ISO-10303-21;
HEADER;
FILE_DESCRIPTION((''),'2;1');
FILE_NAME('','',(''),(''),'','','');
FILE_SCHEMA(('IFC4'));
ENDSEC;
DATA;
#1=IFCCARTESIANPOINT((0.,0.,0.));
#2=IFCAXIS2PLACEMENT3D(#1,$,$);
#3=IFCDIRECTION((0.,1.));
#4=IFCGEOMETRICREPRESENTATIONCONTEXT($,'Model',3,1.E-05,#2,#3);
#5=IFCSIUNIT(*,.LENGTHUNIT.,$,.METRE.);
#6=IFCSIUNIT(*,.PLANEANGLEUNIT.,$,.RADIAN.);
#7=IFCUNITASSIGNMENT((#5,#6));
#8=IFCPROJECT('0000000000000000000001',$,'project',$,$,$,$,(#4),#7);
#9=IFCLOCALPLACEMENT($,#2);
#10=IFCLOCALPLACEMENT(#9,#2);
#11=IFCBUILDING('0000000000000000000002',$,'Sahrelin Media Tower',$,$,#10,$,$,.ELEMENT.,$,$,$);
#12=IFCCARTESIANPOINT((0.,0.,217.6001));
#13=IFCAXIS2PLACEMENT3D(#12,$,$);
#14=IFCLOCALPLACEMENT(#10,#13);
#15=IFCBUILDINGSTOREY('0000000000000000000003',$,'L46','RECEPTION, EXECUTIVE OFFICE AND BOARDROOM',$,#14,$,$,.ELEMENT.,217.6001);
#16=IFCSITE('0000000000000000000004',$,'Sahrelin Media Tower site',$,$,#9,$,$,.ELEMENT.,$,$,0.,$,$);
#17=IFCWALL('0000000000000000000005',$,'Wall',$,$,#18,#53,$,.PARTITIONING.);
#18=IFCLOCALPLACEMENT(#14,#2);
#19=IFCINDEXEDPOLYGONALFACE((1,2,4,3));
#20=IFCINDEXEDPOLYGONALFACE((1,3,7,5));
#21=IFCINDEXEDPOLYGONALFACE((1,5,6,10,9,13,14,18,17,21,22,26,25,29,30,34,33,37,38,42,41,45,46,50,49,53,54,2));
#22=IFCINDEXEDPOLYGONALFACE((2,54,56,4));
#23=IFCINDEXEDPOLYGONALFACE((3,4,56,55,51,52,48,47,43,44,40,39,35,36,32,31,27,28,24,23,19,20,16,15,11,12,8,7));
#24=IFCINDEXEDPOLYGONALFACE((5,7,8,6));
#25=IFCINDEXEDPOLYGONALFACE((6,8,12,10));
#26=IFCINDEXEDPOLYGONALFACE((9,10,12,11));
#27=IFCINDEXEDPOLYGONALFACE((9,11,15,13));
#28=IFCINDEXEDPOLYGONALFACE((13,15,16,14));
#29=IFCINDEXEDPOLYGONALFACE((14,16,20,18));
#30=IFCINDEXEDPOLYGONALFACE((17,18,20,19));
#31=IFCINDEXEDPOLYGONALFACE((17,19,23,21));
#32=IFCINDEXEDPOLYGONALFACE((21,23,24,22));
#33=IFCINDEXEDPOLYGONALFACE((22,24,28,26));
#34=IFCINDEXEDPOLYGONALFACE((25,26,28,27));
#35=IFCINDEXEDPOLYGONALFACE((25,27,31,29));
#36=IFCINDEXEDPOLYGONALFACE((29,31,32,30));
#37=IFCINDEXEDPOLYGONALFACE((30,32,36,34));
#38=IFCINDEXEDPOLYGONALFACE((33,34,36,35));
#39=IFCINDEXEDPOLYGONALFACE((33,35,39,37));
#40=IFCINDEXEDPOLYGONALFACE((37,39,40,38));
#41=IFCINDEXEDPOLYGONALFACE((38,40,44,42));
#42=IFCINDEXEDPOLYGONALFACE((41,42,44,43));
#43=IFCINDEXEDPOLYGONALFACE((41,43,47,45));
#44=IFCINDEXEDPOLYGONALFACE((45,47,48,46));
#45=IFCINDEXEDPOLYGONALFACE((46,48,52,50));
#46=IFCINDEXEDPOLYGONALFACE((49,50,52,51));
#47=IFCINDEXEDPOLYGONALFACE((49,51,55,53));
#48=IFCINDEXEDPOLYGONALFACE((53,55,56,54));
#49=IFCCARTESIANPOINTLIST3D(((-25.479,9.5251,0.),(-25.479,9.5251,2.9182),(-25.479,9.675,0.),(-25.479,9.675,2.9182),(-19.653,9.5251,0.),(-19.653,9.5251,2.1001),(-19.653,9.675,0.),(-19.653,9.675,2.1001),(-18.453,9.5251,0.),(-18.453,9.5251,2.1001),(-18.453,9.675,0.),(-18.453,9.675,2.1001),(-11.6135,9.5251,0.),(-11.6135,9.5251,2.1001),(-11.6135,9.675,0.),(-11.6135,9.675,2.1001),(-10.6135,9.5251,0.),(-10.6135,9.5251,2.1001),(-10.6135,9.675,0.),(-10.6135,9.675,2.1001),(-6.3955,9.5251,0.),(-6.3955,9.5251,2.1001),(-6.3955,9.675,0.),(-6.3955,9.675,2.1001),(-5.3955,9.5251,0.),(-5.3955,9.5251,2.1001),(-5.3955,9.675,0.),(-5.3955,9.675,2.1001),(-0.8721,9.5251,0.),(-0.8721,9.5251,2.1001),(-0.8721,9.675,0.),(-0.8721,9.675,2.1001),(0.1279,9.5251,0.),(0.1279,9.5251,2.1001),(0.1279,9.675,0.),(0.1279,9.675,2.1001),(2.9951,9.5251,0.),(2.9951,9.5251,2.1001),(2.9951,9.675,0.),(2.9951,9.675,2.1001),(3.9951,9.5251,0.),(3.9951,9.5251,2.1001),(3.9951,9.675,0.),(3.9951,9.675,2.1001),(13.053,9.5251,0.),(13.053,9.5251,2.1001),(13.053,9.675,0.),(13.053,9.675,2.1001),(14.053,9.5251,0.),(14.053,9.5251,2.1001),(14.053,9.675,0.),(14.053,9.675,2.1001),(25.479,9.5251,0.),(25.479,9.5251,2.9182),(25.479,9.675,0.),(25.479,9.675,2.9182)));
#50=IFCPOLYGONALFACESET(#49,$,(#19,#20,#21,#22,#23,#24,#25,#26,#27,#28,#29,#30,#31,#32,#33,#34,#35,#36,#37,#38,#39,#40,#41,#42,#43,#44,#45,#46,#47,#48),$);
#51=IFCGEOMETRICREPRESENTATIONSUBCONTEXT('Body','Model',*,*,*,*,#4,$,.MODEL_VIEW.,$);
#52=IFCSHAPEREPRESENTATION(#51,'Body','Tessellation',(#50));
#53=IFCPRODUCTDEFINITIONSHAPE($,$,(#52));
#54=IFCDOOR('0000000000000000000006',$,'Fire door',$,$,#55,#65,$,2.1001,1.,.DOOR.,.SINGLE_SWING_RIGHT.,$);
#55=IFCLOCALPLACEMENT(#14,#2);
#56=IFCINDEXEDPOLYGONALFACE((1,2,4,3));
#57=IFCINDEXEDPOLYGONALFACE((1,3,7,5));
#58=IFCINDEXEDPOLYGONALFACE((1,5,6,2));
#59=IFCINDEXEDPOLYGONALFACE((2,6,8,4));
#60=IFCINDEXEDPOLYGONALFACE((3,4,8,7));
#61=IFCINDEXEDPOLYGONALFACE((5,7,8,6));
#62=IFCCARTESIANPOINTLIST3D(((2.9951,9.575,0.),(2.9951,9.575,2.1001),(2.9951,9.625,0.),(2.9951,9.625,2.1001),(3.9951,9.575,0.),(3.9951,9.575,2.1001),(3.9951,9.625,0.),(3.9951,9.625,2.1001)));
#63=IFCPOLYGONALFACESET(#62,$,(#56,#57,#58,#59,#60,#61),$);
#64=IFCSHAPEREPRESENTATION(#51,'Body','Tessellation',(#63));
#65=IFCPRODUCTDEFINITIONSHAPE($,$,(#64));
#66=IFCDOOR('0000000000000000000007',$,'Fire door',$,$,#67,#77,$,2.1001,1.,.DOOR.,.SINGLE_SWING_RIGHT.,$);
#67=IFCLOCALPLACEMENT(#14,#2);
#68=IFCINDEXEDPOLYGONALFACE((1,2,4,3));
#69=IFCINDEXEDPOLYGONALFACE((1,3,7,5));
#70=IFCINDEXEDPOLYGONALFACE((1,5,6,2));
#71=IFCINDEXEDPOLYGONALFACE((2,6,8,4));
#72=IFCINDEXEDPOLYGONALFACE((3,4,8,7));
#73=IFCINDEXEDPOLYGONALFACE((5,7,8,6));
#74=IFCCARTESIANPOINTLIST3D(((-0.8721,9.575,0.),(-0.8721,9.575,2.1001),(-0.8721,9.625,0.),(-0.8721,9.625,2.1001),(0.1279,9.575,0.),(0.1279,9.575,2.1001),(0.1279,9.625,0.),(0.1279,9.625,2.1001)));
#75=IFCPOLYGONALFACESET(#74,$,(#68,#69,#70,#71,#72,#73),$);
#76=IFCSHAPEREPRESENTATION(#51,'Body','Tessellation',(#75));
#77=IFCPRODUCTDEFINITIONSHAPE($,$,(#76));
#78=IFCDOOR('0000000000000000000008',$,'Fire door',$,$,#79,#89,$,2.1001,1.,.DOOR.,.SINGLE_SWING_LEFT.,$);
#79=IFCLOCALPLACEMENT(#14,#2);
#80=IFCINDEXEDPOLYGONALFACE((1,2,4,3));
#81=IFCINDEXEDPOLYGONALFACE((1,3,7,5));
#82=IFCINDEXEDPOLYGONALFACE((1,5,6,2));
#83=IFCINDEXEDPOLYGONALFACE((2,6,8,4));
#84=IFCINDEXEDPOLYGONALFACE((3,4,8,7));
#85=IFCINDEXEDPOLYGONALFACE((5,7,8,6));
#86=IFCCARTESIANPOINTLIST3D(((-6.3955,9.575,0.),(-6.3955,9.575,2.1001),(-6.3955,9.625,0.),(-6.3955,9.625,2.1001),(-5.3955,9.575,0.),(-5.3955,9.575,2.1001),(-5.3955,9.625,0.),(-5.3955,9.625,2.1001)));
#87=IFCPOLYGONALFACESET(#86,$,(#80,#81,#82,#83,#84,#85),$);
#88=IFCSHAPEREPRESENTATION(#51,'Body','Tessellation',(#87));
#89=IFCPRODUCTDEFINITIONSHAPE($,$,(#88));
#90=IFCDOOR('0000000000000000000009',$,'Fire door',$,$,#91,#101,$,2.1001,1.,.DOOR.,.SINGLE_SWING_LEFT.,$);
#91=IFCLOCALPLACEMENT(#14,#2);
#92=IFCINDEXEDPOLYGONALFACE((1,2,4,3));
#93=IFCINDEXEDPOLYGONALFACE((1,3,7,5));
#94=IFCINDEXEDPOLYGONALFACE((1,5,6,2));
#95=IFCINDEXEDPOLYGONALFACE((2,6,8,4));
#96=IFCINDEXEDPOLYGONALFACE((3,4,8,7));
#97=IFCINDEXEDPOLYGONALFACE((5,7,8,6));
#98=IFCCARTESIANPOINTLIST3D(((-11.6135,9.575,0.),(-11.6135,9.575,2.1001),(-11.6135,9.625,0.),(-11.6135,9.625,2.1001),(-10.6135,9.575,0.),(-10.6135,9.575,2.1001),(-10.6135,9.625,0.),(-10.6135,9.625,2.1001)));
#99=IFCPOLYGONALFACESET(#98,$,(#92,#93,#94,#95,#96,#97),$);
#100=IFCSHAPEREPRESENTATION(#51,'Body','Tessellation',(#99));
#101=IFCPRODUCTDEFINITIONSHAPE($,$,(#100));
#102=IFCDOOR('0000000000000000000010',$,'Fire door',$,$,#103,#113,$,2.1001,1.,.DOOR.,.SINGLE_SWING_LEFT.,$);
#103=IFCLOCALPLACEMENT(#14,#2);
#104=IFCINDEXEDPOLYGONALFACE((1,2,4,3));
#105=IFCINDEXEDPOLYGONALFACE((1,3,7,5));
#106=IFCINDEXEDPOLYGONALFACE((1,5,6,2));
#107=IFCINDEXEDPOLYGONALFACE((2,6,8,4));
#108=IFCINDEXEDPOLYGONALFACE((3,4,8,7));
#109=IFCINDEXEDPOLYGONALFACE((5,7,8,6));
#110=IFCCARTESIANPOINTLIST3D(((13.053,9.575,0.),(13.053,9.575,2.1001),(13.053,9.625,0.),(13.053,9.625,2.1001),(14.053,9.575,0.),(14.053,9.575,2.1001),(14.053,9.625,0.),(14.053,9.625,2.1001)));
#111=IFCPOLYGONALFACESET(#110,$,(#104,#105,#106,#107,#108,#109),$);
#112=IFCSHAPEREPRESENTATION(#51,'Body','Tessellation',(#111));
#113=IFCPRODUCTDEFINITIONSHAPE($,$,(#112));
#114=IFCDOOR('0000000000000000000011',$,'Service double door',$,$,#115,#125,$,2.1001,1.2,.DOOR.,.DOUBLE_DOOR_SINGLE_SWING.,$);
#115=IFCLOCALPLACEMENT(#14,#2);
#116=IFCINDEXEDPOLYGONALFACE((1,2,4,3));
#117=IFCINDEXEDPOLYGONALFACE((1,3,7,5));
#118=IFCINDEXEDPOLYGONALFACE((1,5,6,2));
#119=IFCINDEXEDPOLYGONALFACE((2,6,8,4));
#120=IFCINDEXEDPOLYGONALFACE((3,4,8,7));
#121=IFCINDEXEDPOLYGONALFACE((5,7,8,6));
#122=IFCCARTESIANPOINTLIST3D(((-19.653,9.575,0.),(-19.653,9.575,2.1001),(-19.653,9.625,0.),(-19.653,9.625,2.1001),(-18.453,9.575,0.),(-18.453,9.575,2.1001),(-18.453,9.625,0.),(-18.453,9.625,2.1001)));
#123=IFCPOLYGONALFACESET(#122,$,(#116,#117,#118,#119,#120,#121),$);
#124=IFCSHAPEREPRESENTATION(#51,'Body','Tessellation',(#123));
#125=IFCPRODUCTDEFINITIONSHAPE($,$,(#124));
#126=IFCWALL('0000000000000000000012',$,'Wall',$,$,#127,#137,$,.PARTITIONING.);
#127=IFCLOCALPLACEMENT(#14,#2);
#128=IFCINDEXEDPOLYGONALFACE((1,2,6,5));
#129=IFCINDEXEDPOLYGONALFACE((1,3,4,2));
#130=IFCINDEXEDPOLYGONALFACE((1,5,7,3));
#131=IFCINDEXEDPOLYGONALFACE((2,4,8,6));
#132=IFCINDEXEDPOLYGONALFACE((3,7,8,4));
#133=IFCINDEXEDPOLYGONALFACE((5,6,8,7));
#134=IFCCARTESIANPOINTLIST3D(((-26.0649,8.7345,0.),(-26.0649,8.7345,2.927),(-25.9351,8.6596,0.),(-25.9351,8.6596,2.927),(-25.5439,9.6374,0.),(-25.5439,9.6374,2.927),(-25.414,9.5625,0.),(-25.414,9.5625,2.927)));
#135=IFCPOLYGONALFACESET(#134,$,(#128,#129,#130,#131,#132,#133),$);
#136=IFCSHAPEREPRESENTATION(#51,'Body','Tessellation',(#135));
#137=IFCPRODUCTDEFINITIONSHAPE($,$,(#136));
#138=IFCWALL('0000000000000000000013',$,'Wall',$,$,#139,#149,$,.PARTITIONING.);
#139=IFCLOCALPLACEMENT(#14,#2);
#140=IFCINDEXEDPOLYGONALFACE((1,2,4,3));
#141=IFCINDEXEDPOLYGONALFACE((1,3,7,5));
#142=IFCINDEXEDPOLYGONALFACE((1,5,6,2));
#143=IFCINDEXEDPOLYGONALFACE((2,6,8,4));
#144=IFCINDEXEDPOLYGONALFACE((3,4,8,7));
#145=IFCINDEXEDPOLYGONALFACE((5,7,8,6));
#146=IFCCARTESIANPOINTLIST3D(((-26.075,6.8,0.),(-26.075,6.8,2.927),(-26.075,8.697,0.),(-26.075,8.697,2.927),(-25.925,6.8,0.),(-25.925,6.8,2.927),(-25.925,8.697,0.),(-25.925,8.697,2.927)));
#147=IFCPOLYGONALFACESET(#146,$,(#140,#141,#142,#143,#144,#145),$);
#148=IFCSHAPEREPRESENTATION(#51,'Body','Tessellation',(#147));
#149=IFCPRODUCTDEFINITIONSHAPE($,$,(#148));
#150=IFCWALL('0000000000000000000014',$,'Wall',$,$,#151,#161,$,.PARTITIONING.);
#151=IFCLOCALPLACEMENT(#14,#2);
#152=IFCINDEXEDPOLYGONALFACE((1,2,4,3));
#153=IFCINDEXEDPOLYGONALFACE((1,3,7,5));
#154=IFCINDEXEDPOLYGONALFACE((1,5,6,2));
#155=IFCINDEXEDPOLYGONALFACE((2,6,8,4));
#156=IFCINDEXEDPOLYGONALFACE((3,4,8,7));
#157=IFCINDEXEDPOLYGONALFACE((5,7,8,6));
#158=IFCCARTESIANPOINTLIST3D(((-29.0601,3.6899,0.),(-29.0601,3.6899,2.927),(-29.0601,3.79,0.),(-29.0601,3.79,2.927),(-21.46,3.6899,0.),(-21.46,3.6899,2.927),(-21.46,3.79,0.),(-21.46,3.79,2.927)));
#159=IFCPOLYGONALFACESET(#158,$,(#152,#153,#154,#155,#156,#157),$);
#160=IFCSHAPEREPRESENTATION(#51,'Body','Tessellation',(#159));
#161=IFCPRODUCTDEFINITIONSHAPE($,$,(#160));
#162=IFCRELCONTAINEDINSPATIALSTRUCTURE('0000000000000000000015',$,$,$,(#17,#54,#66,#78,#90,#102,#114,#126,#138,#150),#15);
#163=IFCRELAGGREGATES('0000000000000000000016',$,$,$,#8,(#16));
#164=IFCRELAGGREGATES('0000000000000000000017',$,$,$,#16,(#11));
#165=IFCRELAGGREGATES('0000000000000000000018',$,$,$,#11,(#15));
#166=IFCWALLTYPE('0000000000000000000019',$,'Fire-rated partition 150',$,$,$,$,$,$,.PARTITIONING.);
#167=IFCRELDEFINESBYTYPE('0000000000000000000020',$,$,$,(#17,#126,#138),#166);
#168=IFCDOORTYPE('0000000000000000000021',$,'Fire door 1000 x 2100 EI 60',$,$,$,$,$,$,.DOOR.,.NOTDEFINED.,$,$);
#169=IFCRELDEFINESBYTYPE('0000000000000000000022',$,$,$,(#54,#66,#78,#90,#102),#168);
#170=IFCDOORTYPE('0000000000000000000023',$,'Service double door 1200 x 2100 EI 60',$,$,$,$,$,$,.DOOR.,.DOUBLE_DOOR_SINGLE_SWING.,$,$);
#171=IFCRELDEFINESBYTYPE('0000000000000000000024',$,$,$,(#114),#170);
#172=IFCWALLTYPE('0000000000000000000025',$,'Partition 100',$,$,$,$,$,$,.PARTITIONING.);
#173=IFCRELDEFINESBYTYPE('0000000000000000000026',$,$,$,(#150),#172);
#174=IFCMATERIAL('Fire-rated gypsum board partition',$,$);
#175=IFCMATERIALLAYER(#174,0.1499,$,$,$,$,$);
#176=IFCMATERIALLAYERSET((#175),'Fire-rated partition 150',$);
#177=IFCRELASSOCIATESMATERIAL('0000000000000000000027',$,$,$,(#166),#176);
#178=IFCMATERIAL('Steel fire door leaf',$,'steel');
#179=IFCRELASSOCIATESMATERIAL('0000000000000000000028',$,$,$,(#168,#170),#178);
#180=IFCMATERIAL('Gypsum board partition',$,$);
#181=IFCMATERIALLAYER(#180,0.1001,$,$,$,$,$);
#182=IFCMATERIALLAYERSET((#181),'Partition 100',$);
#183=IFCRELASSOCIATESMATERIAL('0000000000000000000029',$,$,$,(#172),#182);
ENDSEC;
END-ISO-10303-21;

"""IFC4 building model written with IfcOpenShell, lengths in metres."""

from ifc_helpers import new_model, si_unit, direction, frame, frame_2d, origin, place, context, subcontext, project, spatial, rectangle, extrude, material, layer, layer_set, type_object, element, fill, save


model = new_model("IFC4")

# Units and contexts
model_context = context("Model", 3, precision=1e-05, world=origin(), true_north=direction((0.0, 1.0)))
body_context = subcontext(model_context, "Body", "Model", "MODEL_VIEW")
ifc_project = project(units=[si_unit("LENGTHUNIT", "METRE"), si_unit("PLANEANGLEUNIT", "RADIAN")], contexts=[model_context])

# Site, building, storey
site_placement = place(None, origin())
site = spatial("IfcSite", under=ifc_project, at=site_placement, Name="Sahrelin Media Tower site", CompositionType="ELEMENT", RefElevation=0.0)
building_placement = place(site_placement, origin())
building = spatial("IfcBuilding", under=site, at=building_placement, Name="Sahrelin Media Tower", CompositionType="ELEMENT")
storey_placement = place(building_placement, frame((0.0, 0.0, 217.6001)))
storey = spatial("IfcBuildingStorey", under=building, at=storey_placement, Name="L46", Description="RECEPTION, EXECUTIVE OFFICE AND BOARDROOM", CompositionType="ELEMENT", Elevation=217.6001)

# Shared definitions
ifc_material_1 = material(Name="Fire-rated gypsum board partition")
ifc_layer_1 = layer(ifc_material_1, 0.1499)
ifc_layer_set_1 = layer_set([ifc_layer_1], Name="Fire-rated partition 150")
wall_type_1 = type_object("IfcWallType", Name="Fire-rated partition 150", PredefinedType="PARTITIONING", material=ifc_layer_set_1)

# Wall, openings, doors
wall_1_placement = place(storey_placement, frame((-25.479, 9.6001, 0.0), z_axis=(0.0, 0.0, 1.0), x_axis=(1.0, 0.0, 0.0)))
wall_1 = element("IfcWall", 1, at=wall_1_placement, inside=storey, type_object=wall_type_1, Name="Wall", PredefinedType="PARTITIONING", context=body_context, shape_type="SweptSolid", body=[
    extrude(rectangle(XDim=50.958, YDim=0.1499, at=frame_2d((25.479, 0.0))), origin(), (0.0, 0.0, 1.0), 2.9182),
])
opening_1_placement = place(wall_1_placement, frame((28.4741, 0.0, 0.0)))
opening_1 = element("IfcOpeningElement", 2, at=opening_1_placement, cuts=wall_1, PredefinedType="OPENING", context=body_context, shape_type="SweptSolid", body=[
    extrude(rectangle(XDim=1.0, YDim=2.1001, at=frame_2d((0.5, 1.05))), frame((0.0, 0.075, 0.0), z_axis=(0.0, -1.0, 0.0), x_axis=(1.0, 0.0, 0.0)), (0.0, 0.0, 1.0), 0.1499),
])
opening_2_placement = place(wall_1_placement, frame((24.6069, 0.0, 0.0)))
opening_2 = element("IfcOpeningElement", 3, at=opening_2_placement, cuts=wall_1, PredefinedType="OPENING", context=body_context, shape_type="SweptSolid", body=[
    extrude(rectangle(XDim=1.0, YDim=2.1001, at=frame_2d((0.5, 1.05))), frame((0.0, 0.075, 0.0), z_axis=(0.0, -1.0, 0.0), x_axis=(1.0, 0.0, 0.0)), (0.0, 0.0, 1.0), 0.1499),
])
opening_3_placement = place(wall_1_placement, frame((19.0835, 0.0, 0.0)))
opening_3 = element("IfcOpeningElement", 4, at=opening_3_placement, cuts=wall_1, PredefinedType="OPENING", context=body_context, shape_type="SweptSolid", body=[
    extrude(rectangle(XDim=1.0, YDim=2.1001, at=frame_2d((0.5, 1.05))), frame((0.0, 0.075, 0.0), z_axis=(0.0, -1.0, 0.0), x_axis=(1.0, 0.0, 0.0)), (0.0, 0.0, 1.0), 0.1499),
])
opening_4_placement = place(wall_1_placement, frame((13.8655, 0.0, 0.0)))
opening_4 = element("IfcOpeningElement", 5, at=opening_4_placement, cuts=wall_1, PredefinedType="OPENING", context=body_context, shape_type="SweptSolid", body=[
    extrude(rectangle(XDim=1.0, YDim=2.1001, at=frame_2d((0.5, 1.05))), frame((0.0, 0.075, 0.0), z_axis=(0.0, -1.0, 0.0), x_axis=(1.0, 0.0, 0.0)), (0.0, 0.0, 1.0), 0.1499),
])
opening_5_placement = place(wall_1_placement, frame((5.8259, 0.0, 0.0)))
opening_5 = element("IfcOpeningElement", 6, at=opening_5_placement, cuts=wall_1, PredefinedType="OPENING", context=body_context, shape_type="SweptSolid", body=[
    extrude(rectangle(XDim=1.2, YDim=2.1001, at=frame_2d((0.6001, 1.05))), frame((0.0, 0.075, 0.0), z_axis=(0.0, -1.0, 0.0), x_axis=(1.0, 0.0, 0.0)), (0.0, 0.0, 1.0), 0.1499),
])
opening_6_placement = place(wall_1_placement, frame((38.532, 0.0, 0.0)))
opening_6 = element("IfcOpeningElement", 7, at=opening_6_placement, cuts=wall_1, PredefinedType="OPENING", context=body_context, shape_type="SweptSolid", body=[
    extrude(rectangle(XDim=1.0, YDim=2.1001, at=frame_2d((0.5, 1.05))), frame((0.0, 0.075, 0.0), z_axis=(0.0, -1.0, 0.0), x_axis=(1.0, 0.0, 0.0)), (0.0, 0.0, 1.0), 0.1499),
])
ifc_material_2 = material(Name="Steel fire door leaf", Category="steel")
door_type_1 = type_object("IfcDoorType", Name="Fire door 1000 x 2100 EI 60", OperationType="NOTDEFINED", PredefinedType="DOOR", material=ifc_material_2)
door_1_placement = place(opening_1_placement, origin())
door_1 = element("IfcDoor", 8, at=door_1_placement, inside=storey, type_object=door_type_1, Name="Fire door", OperationType="SINGLE_SWING_RIGHT", OverallHeight=2.1001, OverallWidth=1.0, PredefinedType="DOOR", context=body_context, shape_type="SweptSolid", body=[
    extrude(rectangle(XDim=1.0, YDim=2.1001, at=frame_2d((0.5, 1.05))), frame((0.0, 0.0249, 0.0), z_axis=(0.0, -1.0, 0.0), x_axis=(1.0, 0.0, 0.0)), (0.0, 0.0, 1.0), 0.05),
])
fill(opening_1, door_1)
door_2_placement = place(opening_2_placement, origin())
door_2 = element("IfcDoor", 9, at=door_2_placement, inside=storey, type_object=door_type_1, Name="Fire door", OperationType="SINGLE_SWING_RIGHT", OverallHeight=2.1001, OverallWidth=1.0, PredefinedType="DOOR", context=body_context, shape_type="SweptSolid", body=[
    extrude(rectangle(XDim=1.0, YDim=2.1001, at=frame_2d((0.5, 1.05))), frame((0.0, 0.0249, 0.0), z_axis=(0.0, -1.0, 0.0), x_axis=(1.0, 0.0, 0.0)), (0.0, 0.0, 1.0), 0.05),
])
fill(opening_2, door_2)
door_3_placement = place(opening_3_placement, origin())
door_3 = element("IfcDoor", 10, at=door_3_placement, inside=storey, type_object=door_type_1, Name="Fire door", OperationType="SINGLE_SWING_LEFT", OverallHeight=2.1001, OverallWidth=1.0, PredefinedType="DOOR", context=body_context, shape_type="SweptSolid", body=[
    extrude(rectangle(XDim=1.0, YDim=2.1001, at=frame_2d((0.5, 1.05))), frame((0.0, 0.0249, 0.0), z_axis=(0.0, -1.0, 0.0), x_axis=(1.0, 0.0, 0.0)), (0.0, 0.0, 1.0), 0.05),
])
fill(opening_3, door_3)
door_4_placement = place(opening_4_placement, origin())
door_4 = element("IfcDoor", 11, at=door_4_placement, inside=storey, type_object=door_type_1, Name="Fire door", OperationType="SINGLE_SWING_LEFT", OverallHeight=2.1001, OverallWidth=1.0, PredefinedType="DOOR", context=body_context, shape_type="SweptSolid", body=[
    extrude(rectangle(XDim=1.0, YDim=2.1001, at=frame_2d((0.5, 1.05))), frame((0.0, 0.0249, 0.0), z_axis=(0.0, -1.0, 0.0), x_axis=(1.0, 0.0, 0.0)), (0.0, 0.0, 1.0), 0.05),
])
fill(opening_4, door_4)
door_5_placement = place(opening_6_placement, origin())
door_5 = element("IfcDoor", 12, at=door_5_placement, inside=storey, type_object=door_type_1, Name="Fire door", OperationType="SINGLE_SWING_LEFT", OverallHeight=2.1001, OverallWidth=1.0, PredefinedType="DOOR", context=body_context, shape_type="SweptSolid", body=[
    extrude(rectangle(XDim=1.0, YDim=2.1001, at=frame_2d((0.5, 1.05))), frame((0.0, 0.0249, 0.0), z_axis=(0.0, -1.0, 0.0), x_axis=(1.0, 0.0, 0.0)), (0.0, 0.0, 1.0), 0.05),
])
fill(opening_6, door_5)
door_type_2 = type_object("IfcDoorType", Name="Service double door 1200 x 2100 EI 60", OperationType="DOUBLE_DOOR_SINGLE_SWING", PredefinedType="DOOR", material=ifc_material_2)
door_6_placement = place(opening_5_placement, origin())
door_6 = element("IfcDoor", 13, at=door_6_placement, inside=storey, type_object=door_type_2, Name="Service double door", OperationType="DOUBLE_DOOR_SINGLE_SWING", OverallHeight=2.1001, OverallWidth=1.2, PredefinedType="DOOR", context=body_context, shape_type="SweptSolid", body=[
    extrude(rectangle(XDim=1.2, YDim=2.1001, at=frame_2d((0.6001, 1.05))), frame((0.0, 0.0249, 0.0), z_axis=(0.0, -1.0, 0.0), x_axis=(1.0, 0.0, 0.0)), (0.0, 0.0, 1.0), 0.05),
])
fill(opening_5, door_6)

# Walls
wall_2_placement = place(storey_placement, frame((-26.0, 8.697, 0.0), z_axis=(0.0, 0.0, 1.0), x_axis=(0.499817, 0.866131, 0.0)))
element("IfcWall", 14, at=wall_2_placement, inside=storey, type_object=wall_type_1, Name="Wall", PredefinedType="PARTITIONING", context=body_context, shape_type="SweptSolid", body=[
    extrude(rectangle(XDim=1.0425, YDim=0.1499, at=frame_2d((0.5212, 0.0))), origin(), (0.0, 0.0, 1.0), 2.927),
])
wall_3_placement = place(storey_placement, frame((-26.0, 6.8, 0.0), z_axis=(0.0, 0.0, 1.0), x_axis=(0.0, 1.0, 0.0)))
element("IfcWall", 15, at=wall_3_placement, inside=storey, type_object=wall_type_1, Name="Wall", PredefinedType="PARTITIONING", context=body_context, shape_type="SweptSolid", body=[
    extrude(rectangle(XDim=1.897, YDim=0.1499, at=frame_2d((0.9485, 0.0))), origin(), (0.0, 0.0, 1.0), 2.927),
])
ifc_material_3 = material(Name="Gypsum board partition")
ifc_layer_2 = layer(ifc_material_3, 0.1001)
ifc_layer_set_2 = layer_set([ifc_layer_2], Name="Partition 100")
wall_type_2 = type_object("IfcWallType", Name="Partition 100", PredefinedType="PARTITIONING", material=ifc_layer_set_2)
wall_4_placement = place(storey_placement, frame((-29.0601, 3.74, 0.0), z_axis=(0.0, 0.0, 1.0), x_axis=(1.0, 0.0, 0.0)))
element("IfcWall", 16, at=wall_4_placement, inside=storey, type_object=wall_type_2, Name="Wall", PredefinedType="PARTITIONING", context=body_context, shape_type="SweptSolid", body=[
    extrude(rectangle(XDim=7.6001, YDim=0.1001, at=frame_2d((3.8, 0.0))), origin(), (0.0, 0.0, 1.0), 2.927),
])

save(model, "model.ifc")
